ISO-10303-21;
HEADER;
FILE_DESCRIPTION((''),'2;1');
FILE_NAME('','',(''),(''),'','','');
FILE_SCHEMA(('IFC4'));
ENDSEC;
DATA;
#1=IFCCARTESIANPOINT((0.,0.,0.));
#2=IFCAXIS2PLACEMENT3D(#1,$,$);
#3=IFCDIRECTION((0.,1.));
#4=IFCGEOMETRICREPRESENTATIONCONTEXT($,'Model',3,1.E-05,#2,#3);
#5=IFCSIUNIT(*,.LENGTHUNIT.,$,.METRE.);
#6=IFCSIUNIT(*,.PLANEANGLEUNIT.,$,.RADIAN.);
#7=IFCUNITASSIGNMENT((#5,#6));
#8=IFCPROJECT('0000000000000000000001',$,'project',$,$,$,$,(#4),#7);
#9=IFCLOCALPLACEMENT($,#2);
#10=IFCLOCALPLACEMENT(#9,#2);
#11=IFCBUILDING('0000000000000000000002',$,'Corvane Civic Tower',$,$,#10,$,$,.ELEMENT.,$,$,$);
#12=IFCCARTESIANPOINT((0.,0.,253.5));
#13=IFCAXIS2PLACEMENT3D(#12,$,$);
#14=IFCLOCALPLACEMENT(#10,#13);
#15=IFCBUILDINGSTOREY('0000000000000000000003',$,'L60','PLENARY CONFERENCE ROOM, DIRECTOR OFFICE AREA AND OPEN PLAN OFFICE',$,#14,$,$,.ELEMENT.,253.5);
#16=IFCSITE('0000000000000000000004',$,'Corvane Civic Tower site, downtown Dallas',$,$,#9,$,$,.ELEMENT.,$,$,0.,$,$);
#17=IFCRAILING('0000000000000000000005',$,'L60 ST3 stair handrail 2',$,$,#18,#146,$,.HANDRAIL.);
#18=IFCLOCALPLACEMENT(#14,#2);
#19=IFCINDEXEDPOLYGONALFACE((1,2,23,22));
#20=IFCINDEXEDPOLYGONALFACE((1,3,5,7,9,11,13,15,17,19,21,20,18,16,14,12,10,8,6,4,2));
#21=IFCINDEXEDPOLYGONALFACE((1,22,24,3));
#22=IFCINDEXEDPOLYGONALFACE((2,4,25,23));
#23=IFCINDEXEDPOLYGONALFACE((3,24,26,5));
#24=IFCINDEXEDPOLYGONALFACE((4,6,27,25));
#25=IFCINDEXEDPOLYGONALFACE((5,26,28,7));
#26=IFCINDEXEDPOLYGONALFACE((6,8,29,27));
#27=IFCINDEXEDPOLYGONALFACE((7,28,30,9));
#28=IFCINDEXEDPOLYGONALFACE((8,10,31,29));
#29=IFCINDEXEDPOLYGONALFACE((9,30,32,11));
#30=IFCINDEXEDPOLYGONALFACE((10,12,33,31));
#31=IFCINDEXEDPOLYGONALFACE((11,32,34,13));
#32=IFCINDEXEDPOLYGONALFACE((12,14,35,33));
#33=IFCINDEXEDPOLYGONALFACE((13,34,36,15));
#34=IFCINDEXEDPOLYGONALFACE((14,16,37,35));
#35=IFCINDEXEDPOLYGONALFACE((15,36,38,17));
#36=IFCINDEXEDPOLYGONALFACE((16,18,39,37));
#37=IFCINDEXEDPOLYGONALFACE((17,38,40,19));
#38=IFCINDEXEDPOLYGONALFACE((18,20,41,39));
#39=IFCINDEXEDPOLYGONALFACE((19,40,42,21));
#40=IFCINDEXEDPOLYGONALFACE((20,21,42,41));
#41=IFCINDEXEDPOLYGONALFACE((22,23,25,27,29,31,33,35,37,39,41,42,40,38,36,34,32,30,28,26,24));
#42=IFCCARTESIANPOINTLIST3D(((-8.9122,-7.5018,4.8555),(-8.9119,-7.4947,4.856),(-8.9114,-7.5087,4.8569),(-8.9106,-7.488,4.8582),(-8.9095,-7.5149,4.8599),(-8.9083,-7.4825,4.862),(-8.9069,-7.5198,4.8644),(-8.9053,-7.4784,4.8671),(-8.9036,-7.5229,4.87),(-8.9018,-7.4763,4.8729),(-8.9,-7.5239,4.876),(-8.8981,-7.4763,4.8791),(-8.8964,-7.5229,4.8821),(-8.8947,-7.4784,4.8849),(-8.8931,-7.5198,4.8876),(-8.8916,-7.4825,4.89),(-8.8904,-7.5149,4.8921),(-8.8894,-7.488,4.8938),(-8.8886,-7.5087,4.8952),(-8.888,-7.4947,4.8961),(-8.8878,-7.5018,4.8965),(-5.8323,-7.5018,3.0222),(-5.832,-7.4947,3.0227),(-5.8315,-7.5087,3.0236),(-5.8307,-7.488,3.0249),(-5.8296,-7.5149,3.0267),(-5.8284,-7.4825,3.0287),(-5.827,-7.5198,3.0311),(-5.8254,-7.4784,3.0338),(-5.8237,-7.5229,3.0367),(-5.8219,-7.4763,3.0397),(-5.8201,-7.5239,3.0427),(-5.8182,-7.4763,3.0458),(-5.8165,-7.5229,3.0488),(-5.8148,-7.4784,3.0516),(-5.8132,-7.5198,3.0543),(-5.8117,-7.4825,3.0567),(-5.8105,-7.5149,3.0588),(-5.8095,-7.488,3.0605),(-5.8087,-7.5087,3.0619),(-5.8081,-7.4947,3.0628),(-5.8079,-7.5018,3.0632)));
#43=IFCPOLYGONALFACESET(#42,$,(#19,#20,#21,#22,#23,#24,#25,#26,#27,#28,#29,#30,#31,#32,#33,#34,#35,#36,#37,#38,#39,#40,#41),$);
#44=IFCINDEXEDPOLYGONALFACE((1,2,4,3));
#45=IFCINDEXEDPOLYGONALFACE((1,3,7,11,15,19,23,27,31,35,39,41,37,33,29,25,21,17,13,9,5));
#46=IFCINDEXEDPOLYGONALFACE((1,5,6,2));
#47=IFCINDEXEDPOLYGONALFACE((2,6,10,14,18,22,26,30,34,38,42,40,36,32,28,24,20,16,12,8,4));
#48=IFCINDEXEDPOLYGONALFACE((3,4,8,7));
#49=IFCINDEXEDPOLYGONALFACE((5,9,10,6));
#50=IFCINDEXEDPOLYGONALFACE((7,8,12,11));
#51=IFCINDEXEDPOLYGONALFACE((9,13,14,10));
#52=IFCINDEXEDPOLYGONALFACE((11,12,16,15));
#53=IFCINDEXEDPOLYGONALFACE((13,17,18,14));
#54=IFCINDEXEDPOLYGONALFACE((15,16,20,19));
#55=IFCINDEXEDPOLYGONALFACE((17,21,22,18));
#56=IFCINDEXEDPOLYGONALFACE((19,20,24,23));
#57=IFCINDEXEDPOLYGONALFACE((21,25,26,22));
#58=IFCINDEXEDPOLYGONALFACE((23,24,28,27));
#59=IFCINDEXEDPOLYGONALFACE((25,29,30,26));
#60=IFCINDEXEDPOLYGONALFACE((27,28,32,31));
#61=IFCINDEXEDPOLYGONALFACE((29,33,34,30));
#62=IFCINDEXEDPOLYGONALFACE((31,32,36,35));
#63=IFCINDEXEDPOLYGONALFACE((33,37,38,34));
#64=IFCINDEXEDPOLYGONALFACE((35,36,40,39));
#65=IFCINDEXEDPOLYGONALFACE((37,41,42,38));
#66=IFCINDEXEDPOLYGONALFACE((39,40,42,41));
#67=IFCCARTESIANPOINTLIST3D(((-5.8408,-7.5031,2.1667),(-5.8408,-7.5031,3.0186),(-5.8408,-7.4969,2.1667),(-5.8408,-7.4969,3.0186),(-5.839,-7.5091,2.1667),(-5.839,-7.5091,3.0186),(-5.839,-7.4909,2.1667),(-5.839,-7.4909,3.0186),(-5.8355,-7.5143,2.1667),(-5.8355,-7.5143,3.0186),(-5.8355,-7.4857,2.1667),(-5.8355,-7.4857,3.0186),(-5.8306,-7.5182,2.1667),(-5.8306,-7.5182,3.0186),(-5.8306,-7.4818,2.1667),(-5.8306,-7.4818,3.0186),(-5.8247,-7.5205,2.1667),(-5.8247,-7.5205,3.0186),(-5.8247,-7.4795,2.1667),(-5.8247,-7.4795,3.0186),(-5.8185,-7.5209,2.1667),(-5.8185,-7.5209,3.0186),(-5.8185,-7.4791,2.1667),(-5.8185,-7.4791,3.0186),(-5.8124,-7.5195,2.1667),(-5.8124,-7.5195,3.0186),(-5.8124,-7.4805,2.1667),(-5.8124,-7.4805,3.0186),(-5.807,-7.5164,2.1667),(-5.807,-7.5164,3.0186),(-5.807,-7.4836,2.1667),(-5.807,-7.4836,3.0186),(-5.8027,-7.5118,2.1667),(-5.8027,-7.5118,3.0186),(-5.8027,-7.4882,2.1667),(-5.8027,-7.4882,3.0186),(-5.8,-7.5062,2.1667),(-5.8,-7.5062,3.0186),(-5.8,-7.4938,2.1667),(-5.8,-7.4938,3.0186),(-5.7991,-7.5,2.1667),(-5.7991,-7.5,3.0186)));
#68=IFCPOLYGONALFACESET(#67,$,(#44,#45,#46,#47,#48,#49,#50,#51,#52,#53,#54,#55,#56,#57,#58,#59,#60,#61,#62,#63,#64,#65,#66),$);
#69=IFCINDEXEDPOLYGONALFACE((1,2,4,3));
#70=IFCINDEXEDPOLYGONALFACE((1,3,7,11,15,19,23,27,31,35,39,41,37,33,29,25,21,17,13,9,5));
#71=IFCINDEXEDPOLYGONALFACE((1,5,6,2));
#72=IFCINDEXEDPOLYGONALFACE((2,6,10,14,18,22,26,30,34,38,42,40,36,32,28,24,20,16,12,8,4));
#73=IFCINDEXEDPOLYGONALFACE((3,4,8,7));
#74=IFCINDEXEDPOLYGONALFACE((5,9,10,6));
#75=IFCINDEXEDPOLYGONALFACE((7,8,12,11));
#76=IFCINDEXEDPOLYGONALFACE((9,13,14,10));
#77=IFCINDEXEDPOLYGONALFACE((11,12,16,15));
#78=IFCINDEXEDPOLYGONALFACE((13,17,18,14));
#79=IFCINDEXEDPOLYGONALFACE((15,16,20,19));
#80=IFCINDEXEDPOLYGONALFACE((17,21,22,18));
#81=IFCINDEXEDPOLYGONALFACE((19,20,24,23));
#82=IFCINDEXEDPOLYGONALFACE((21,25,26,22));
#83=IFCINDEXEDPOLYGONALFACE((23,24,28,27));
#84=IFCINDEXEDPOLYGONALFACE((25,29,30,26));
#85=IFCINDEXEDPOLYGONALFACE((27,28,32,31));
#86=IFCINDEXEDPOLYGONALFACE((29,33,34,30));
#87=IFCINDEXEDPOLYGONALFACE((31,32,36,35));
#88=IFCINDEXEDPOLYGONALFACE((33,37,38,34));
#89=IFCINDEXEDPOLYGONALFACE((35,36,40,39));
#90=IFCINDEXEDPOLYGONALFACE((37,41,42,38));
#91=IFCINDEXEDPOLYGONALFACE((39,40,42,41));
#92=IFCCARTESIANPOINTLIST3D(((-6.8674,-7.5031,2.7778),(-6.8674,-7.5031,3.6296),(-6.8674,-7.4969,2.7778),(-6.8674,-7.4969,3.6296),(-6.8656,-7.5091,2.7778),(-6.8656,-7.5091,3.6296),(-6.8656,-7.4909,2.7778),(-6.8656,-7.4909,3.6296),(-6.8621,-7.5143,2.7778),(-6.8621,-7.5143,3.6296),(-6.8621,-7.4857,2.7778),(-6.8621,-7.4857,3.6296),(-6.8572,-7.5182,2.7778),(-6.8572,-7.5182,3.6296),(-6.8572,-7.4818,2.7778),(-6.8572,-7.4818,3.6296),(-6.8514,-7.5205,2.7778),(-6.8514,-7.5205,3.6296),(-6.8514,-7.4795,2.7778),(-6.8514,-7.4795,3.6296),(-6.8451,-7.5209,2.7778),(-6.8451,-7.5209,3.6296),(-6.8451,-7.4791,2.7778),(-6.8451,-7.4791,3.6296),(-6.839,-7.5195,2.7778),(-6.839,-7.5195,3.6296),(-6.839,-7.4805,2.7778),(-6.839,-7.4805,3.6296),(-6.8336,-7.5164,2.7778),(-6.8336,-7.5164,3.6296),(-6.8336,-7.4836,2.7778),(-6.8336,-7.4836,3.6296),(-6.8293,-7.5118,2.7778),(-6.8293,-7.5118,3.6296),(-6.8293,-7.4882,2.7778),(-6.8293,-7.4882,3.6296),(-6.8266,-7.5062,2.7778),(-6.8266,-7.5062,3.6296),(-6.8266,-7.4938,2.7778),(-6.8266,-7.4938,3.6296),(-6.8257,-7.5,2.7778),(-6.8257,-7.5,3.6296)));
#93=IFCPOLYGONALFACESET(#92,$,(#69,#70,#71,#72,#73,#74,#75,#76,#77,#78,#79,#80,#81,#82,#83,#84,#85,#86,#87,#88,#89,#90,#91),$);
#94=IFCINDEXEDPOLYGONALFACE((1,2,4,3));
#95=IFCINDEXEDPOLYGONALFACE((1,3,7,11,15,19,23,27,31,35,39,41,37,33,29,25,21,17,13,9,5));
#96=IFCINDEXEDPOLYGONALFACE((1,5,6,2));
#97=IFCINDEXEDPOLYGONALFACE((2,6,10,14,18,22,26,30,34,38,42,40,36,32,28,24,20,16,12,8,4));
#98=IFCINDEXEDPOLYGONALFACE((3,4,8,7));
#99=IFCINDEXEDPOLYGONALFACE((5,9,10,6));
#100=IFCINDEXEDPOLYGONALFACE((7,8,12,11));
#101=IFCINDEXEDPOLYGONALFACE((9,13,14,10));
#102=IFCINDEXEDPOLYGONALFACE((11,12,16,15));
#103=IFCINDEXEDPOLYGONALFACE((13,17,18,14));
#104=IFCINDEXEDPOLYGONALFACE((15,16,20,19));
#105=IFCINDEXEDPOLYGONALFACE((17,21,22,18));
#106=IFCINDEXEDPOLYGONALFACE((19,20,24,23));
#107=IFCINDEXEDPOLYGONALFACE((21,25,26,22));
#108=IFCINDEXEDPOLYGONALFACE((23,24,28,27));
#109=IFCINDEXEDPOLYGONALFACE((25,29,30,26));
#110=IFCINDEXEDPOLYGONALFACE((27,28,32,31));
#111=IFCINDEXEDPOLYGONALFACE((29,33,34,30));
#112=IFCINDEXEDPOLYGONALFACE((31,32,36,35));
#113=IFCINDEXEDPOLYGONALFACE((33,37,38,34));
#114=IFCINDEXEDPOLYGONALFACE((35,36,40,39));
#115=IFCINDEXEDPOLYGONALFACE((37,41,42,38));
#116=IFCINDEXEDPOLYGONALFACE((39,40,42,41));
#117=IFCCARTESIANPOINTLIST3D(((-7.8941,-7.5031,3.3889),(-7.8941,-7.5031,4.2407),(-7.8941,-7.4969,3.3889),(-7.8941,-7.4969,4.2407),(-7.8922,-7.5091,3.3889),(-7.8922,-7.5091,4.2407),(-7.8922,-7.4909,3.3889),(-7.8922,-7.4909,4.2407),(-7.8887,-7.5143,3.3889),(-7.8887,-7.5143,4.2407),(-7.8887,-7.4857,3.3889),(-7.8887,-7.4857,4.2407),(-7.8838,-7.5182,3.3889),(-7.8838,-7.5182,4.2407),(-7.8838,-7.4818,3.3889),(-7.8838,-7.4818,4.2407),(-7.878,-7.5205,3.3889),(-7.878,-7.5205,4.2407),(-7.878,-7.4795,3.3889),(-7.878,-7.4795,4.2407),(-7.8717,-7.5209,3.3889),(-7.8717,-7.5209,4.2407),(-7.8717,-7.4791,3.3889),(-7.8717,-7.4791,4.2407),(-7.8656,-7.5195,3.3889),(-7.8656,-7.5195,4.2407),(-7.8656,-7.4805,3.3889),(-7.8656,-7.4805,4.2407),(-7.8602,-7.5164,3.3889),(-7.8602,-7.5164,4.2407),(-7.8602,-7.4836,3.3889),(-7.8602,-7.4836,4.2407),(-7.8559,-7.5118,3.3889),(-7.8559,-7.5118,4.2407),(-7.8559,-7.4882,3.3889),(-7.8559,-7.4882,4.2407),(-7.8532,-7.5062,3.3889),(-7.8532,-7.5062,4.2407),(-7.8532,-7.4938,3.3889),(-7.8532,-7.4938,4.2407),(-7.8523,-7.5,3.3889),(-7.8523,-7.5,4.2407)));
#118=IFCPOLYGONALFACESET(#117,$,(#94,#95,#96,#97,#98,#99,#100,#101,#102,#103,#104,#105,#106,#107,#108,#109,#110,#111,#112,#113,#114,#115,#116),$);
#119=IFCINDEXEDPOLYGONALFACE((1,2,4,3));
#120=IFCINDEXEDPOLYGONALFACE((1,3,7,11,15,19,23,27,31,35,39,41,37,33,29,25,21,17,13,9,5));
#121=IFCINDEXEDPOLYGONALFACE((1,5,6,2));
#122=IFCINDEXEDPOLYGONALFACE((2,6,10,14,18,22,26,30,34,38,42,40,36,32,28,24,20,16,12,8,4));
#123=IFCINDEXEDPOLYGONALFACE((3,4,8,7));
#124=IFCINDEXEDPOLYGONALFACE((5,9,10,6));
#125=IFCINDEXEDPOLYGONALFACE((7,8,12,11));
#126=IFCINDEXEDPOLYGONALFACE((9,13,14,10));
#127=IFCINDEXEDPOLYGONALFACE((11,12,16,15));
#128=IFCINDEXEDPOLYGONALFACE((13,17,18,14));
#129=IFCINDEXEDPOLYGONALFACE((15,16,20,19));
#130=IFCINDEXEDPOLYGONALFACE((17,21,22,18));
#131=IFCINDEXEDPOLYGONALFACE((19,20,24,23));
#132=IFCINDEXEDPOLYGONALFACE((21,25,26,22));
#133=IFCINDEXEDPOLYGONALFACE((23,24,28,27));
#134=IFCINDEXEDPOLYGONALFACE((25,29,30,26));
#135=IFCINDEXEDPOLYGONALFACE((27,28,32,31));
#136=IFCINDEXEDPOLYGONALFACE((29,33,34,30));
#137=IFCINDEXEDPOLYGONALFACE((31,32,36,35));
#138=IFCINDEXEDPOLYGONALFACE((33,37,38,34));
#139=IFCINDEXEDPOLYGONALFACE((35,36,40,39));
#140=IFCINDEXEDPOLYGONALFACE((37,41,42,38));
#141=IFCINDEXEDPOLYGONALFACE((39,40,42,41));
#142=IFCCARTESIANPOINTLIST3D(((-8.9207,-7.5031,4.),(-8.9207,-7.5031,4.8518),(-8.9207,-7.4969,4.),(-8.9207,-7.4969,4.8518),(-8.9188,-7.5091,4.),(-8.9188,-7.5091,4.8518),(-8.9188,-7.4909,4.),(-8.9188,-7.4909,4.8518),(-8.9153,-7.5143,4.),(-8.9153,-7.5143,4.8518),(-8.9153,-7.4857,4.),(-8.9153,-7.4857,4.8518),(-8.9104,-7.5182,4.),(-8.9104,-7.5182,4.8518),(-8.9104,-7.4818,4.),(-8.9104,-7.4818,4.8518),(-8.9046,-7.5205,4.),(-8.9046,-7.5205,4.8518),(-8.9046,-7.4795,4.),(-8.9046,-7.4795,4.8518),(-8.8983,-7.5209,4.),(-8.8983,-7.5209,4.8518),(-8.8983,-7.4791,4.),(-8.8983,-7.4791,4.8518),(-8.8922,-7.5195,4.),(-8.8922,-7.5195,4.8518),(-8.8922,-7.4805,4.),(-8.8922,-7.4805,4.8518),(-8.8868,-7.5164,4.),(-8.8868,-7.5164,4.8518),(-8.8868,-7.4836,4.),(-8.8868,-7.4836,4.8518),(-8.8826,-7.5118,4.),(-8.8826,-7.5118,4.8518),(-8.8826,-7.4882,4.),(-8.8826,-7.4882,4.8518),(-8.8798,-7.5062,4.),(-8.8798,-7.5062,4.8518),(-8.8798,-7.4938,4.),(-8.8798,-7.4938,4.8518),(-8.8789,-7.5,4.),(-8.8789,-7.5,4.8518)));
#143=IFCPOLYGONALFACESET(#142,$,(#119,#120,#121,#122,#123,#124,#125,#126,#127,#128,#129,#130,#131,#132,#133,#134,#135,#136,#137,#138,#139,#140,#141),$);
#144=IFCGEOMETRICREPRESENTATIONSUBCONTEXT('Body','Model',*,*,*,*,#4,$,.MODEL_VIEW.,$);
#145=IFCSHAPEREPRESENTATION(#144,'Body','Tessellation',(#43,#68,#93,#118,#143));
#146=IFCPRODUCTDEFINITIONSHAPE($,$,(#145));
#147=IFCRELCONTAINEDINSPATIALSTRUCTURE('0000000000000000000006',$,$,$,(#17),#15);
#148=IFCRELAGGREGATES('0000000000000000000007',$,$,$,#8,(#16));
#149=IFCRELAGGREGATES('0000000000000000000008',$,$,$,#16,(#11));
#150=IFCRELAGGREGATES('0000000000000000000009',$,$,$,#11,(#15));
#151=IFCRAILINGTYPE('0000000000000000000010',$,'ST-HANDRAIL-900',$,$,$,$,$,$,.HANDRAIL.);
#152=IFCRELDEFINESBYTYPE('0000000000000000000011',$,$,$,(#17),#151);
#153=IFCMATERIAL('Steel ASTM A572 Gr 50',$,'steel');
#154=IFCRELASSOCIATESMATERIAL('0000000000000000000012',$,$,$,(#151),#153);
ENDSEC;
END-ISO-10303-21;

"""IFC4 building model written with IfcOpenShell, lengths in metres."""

from ifc_helpers import new_model, si_unit, direction, frame, origin, origin_2d, place, context, subcontext, project, spatial, circle, extrude, material, type_object, element, save


model = new_model("IFC4")

# Units and contexts
model_context = context("Model", 3, precision=1e-05, world=origin(), true_north=direction((0.0, 1.0)))
body_context = subcontext(model_context, "Body", "Model", "MODEL_VIEW")
ifc_project = project(units=[si_unit("LENGTHUNIT", "METRE"), si_unit("PLANEANGLEUNIT", "RADIAN")], contexts=[model_context])

# Site, building, storey
site_placement = place(None, origin())
site = spatial("IfcSite", under=ifc_project, at=site_placement, Name="Corvane Civic Tower site, downtown Dallas", CompositionType="ELEMENT", RefElevation=0.0)
building_placement = place(site_placement, origin())
building = spatial("IfcBuilding", under=site, at=building_placement, Name="Corvane Civic Tower", CompositionType="ELEMENT")
storey_placement = place(building_placement, frame((0.0, 0.0, 253.5)))
storey = spatial("IfcBuildingStorey", under=building, at=storey_placement, Name="L60", Description="PLENARY CONFERENCE ROOM, DIRECTOR OFFICE AREA AND OPEN PLAN OFFICE", CompositionType="ELEMENT", Elevation=253.5)

# Railing
ifc_material_1 = material(Name="Steel ASTM A572 Gr 50", Category="steel")
railing_type_1 = type_object("IfcRailingType", Name="ST-HANDRAIL-900", PredefinedType="HANDRAIL", material=ifc_material_1)
railing_1_placement = place(storey_placement, frame((-5.8201, -7.5, 2.1667)))
element("IfcRailing", 1, at=railing_1_placement, inside=storey, type_object=railing_type_1, Name="L60 ST3 stair handrail 2", PredefinedType="HANDRAIL", context=body_context, shape_type="SweptSolid", body=[
    extrude(circle(Radius=0.0239, at=origin_2d()), frame((0.0, 0.0, 0.876), z_axis=(-0.859291, 0.0, 0.511487), x_axis=(0.0, -1.0, 0.0)), (0.0, 0.0, 1.0), 3.5842),
    extrude(circle(Radius=0.021, at=origin_2d()), origin(), (0.0, 0.0, 1.0), 0.8518),
    extrude(circle(Radius=0.021, at=origin_2d()), frame((-1.0266, 0.0, 0.6111)), (0.0, 0.0, 1.0), 0.8518),
    extrude(circle(Radius=0.021, at=origin_2d()), frame((-2.0532, 0.0, 1.2222)), (0.0, 0.0, 1.0), 0.8518),
    extrude(circle(Radius=0.021, at=origin_2d()), frame((-3.0798, 0.0, 1.8333)), (0.0, 0.0, 1.0), 0.8518),
])

save(model, "model.ifc")
